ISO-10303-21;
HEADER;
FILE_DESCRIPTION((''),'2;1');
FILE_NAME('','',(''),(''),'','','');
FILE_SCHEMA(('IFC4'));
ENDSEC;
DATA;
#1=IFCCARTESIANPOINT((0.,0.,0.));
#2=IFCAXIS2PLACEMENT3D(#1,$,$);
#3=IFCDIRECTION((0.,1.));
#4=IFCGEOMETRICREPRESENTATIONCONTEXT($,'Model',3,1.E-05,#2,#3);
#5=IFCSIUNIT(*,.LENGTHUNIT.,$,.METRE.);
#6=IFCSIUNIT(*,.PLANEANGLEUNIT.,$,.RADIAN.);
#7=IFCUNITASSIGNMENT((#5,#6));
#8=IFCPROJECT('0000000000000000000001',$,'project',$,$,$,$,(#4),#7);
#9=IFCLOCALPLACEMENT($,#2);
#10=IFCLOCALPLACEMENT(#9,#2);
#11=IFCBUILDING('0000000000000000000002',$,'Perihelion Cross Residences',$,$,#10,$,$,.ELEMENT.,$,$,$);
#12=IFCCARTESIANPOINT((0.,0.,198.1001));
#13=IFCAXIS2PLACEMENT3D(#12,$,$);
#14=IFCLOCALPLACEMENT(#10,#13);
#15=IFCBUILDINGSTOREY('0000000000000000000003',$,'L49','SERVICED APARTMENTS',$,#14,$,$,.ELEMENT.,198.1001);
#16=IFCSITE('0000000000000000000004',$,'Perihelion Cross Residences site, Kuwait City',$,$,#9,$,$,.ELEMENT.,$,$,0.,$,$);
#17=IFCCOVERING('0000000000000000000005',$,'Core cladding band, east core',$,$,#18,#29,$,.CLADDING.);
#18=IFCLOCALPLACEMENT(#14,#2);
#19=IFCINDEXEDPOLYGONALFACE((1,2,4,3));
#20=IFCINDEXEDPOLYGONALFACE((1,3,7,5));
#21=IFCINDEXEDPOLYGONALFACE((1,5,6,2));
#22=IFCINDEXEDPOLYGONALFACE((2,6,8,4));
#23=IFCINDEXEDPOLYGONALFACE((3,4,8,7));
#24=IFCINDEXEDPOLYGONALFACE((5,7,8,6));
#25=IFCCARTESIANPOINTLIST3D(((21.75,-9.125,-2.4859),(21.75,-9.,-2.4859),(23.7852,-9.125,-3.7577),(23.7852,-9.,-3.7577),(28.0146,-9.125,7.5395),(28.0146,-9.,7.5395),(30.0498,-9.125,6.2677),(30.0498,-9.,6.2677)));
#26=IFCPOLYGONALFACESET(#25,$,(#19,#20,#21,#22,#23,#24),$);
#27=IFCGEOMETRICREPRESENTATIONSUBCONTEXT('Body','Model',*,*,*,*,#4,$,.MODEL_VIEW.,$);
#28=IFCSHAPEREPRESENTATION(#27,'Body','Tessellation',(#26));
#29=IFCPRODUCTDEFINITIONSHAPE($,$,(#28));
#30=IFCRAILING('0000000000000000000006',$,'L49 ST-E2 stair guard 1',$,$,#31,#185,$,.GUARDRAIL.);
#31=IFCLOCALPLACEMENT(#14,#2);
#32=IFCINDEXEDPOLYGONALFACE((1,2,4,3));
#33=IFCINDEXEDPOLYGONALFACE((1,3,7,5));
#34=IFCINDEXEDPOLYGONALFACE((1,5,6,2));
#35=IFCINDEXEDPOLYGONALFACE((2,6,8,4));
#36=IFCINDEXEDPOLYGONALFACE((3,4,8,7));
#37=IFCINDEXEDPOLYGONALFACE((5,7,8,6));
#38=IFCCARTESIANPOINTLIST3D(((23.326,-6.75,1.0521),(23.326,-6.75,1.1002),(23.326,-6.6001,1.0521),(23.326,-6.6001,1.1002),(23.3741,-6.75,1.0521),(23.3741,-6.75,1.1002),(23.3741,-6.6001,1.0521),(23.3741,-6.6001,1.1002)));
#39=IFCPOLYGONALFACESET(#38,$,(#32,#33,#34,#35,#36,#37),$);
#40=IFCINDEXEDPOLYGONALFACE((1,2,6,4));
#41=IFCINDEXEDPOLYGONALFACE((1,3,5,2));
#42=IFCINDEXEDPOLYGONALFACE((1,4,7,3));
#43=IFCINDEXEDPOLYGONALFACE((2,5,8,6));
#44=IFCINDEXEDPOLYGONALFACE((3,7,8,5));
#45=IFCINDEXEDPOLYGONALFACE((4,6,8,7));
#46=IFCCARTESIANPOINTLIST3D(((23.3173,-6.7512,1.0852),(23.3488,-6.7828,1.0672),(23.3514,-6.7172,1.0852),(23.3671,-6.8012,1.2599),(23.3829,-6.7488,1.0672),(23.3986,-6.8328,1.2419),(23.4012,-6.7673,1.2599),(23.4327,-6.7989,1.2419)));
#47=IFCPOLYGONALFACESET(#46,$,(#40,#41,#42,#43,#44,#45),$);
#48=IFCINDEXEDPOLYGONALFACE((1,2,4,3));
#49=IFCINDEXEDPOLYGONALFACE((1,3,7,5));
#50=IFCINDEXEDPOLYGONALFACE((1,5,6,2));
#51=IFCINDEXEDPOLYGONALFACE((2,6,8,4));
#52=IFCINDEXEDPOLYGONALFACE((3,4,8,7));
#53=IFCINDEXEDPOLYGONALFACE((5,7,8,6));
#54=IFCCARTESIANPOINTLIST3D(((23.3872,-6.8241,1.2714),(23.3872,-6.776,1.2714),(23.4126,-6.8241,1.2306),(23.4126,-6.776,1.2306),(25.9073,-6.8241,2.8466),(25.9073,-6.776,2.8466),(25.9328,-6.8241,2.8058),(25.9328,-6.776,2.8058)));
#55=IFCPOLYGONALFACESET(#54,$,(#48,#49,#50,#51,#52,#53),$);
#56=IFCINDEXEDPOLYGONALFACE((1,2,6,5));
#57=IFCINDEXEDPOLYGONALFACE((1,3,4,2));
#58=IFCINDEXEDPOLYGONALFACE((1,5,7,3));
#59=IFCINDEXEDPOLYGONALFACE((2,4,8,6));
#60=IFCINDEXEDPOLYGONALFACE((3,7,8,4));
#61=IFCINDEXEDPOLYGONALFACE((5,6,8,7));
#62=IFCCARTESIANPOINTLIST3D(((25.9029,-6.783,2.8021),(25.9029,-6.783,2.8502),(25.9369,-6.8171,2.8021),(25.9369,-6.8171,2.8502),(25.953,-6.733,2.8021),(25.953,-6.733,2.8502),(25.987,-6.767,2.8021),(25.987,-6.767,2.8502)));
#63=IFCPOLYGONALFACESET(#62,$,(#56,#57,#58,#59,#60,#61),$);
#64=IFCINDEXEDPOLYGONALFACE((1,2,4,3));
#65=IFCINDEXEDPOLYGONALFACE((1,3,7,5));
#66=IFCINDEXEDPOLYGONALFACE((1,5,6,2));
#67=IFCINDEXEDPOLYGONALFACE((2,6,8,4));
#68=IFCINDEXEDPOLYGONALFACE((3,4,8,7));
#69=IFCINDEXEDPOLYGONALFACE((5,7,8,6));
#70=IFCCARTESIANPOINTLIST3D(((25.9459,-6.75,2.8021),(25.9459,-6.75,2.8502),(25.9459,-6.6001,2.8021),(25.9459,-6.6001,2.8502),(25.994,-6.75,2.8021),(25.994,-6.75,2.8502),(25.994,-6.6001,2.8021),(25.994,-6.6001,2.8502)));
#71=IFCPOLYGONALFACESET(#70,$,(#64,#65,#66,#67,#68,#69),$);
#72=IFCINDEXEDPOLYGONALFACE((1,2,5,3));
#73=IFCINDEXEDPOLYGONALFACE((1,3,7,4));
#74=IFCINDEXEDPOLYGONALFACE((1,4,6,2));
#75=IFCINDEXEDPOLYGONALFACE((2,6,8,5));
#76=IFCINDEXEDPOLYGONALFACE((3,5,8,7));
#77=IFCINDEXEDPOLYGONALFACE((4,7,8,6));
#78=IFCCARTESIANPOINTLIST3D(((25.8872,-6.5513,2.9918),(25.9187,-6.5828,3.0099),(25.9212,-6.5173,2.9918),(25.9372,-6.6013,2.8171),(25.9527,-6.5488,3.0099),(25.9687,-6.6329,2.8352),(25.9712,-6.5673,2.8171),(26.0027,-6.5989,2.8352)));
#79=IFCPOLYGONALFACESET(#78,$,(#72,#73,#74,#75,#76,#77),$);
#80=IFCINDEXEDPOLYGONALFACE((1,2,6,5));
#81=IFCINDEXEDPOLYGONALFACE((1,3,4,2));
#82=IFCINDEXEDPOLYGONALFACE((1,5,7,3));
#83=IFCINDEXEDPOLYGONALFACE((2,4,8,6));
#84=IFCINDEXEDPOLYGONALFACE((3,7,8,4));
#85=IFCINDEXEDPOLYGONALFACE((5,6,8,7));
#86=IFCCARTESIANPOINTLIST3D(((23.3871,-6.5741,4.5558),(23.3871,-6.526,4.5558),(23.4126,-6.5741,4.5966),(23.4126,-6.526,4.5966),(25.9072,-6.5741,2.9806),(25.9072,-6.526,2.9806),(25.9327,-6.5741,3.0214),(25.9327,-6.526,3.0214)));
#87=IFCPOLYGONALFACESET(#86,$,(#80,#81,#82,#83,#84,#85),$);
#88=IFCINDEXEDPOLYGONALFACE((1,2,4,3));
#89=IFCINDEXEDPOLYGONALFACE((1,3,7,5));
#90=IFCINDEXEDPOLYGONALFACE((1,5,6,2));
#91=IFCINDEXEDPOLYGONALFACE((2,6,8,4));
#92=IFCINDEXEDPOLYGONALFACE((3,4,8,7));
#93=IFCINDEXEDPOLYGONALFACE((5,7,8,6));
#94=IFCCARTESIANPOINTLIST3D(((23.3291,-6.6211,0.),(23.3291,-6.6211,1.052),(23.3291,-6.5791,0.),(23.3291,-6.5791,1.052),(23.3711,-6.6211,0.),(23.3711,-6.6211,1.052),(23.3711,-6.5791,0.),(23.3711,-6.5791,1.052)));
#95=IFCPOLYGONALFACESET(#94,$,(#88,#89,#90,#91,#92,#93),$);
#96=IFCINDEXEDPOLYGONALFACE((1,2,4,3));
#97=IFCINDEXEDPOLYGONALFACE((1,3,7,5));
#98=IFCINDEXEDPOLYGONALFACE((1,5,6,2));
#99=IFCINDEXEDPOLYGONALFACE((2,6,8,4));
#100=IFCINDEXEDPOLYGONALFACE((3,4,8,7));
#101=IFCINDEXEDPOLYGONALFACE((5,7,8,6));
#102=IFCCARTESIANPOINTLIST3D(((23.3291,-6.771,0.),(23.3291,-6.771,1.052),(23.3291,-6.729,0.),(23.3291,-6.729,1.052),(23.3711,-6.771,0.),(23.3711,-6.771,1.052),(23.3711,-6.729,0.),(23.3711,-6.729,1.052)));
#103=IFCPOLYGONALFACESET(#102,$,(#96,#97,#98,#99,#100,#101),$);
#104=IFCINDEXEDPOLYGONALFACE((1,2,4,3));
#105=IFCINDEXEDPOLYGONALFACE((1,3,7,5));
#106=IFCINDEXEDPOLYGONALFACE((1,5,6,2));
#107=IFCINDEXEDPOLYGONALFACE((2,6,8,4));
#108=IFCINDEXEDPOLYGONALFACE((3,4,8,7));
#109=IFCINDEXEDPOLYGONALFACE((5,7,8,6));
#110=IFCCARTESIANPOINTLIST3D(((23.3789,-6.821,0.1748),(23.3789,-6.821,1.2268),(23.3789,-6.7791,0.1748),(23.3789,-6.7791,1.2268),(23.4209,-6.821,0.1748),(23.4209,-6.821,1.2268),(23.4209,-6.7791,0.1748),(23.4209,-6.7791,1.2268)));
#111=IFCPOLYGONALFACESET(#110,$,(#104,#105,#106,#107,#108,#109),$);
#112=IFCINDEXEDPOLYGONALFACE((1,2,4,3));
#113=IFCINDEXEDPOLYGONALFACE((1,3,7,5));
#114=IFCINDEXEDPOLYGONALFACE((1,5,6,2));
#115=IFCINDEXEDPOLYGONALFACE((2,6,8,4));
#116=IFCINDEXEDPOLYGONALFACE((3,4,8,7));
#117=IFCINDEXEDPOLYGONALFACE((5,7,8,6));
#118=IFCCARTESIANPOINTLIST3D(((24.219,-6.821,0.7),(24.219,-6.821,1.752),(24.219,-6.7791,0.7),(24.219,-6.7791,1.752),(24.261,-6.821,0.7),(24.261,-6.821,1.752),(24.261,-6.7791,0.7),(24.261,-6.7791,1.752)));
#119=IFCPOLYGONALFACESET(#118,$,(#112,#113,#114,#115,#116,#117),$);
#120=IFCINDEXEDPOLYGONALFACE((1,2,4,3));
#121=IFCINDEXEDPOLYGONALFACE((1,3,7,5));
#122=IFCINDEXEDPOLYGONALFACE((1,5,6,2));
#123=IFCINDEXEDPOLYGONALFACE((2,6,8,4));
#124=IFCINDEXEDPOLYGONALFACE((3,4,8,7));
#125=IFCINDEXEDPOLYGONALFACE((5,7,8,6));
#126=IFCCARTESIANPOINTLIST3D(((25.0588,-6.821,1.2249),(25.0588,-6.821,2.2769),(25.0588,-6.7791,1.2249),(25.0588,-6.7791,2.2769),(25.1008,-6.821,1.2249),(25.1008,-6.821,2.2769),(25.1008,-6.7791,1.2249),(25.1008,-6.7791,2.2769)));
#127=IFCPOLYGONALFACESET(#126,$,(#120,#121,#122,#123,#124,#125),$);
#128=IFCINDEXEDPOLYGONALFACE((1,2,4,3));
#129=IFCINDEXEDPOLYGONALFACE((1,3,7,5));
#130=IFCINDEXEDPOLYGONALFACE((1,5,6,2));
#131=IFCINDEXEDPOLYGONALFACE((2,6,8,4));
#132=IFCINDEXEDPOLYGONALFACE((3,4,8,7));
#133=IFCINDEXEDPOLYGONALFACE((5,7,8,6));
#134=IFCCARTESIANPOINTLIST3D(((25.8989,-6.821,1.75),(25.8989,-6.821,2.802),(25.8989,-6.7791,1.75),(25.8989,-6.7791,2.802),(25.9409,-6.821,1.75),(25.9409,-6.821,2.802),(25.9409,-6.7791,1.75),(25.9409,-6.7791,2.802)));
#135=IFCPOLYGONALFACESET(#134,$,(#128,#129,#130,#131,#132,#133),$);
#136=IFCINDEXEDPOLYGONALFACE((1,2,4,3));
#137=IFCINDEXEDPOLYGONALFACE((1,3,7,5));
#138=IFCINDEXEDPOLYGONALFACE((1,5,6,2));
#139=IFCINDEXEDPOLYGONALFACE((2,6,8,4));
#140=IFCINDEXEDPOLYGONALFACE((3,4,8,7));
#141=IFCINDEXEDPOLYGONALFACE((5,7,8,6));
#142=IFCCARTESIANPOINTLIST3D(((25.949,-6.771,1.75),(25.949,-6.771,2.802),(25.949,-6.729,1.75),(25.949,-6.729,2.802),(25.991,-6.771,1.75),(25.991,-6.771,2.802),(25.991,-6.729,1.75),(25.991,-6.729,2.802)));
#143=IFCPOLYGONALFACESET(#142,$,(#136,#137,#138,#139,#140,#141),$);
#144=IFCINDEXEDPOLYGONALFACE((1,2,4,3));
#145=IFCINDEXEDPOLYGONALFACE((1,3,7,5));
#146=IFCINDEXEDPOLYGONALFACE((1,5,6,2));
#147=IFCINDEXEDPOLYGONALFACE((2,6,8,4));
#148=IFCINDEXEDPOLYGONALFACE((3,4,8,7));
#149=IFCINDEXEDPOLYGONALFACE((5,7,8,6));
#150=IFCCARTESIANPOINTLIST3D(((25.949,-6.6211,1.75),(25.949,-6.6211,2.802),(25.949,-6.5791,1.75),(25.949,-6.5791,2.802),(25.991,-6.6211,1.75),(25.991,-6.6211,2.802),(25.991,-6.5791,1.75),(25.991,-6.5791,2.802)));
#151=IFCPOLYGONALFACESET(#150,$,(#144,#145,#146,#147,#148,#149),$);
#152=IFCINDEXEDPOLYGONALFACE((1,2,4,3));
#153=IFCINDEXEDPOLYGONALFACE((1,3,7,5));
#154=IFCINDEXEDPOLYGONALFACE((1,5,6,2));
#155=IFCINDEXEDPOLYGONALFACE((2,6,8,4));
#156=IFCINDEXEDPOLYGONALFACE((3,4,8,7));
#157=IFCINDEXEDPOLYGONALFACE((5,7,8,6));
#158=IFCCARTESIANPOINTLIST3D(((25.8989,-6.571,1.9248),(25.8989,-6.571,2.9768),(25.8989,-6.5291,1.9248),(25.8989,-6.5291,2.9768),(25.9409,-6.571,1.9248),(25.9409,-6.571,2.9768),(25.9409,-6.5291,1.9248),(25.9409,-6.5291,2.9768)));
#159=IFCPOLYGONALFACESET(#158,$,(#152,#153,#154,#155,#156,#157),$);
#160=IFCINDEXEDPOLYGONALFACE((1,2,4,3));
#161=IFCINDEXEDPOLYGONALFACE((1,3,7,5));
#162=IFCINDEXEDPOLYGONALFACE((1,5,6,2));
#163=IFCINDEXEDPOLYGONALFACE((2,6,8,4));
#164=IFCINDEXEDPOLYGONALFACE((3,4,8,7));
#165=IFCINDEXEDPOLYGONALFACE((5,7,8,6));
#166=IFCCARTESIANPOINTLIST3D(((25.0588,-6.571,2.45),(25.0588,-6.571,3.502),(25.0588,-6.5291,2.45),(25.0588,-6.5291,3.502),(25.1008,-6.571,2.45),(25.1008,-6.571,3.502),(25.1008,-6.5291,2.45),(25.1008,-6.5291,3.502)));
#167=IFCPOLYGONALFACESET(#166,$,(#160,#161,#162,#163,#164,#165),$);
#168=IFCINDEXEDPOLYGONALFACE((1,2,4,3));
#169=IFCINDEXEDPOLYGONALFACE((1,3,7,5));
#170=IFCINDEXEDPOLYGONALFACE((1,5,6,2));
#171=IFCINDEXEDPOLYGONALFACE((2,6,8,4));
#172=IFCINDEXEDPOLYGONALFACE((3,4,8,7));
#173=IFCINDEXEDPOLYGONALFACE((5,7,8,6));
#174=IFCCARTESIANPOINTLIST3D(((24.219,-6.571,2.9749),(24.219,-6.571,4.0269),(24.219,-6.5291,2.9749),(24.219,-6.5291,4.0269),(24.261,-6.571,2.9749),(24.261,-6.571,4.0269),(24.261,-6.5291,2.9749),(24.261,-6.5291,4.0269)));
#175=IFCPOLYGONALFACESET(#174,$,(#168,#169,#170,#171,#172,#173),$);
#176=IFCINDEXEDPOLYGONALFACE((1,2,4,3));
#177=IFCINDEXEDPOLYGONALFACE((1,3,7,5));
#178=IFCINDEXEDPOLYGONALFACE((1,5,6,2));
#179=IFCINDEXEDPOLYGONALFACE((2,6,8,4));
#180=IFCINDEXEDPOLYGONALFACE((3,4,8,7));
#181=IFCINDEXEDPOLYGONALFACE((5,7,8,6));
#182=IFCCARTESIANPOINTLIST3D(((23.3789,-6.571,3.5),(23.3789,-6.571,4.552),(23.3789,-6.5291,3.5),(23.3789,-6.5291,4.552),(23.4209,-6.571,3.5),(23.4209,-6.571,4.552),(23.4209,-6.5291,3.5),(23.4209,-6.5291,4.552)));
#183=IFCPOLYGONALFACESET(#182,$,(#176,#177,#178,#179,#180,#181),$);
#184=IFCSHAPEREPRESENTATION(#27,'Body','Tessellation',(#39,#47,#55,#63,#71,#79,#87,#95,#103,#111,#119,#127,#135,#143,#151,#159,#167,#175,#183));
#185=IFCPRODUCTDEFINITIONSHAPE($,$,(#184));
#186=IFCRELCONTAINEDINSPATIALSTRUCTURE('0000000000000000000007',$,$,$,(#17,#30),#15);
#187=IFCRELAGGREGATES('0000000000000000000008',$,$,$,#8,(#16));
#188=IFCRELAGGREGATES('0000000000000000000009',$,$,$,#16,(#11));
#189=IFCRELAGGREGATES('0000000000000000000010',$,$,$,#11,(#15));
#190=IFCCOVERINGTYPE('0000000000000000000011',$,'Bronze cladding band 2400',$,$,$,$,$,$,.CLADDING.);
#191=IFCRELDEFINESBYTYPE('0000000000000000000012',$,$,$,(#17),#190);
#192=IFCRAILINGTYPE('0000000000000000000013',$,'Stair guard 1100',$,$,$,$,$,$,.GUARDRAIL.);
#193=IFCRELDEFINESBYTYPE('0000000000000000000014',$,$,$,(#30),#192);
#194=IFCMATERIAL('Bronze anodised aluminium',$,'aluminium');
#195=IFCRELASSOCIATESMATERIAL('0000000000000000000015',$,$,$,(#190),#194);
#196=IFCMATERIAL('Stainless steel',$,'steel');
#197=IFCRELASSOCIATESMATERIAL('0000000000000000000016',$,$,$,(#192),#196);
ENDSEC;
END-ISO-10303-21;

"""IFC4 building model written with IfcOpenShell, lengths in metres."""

from ifc_helpers import new_model, si_unit, direction, frame, origin, origin_2d, place, context, subcontext, project, spatial, rectangle, extrude, material, material_profile, profile_set, type_object, element, save


model = new_model("IFC4")

# Units and contexts
model_context = context("Model", 3, precision=1e-05, world=origin(), true_north=direction((0.0, 1.0)))
body_context = subcontext(model_context, "Body", "Model", "MODEL_VIEW")
ifc_project = project(units=[si_unit("LENGTHUNIT", "METRE"), si_unit("PLANEANGLEUNIT", "RADIAN")], contexts=[model_context])

# Site, building, storey
site_placement = place(None, origin())
site = spatial("IfcSite", under=ifc_project, at=site_placement, Name="Perihelion Cross Residences site, Kuwait City", CompositionType="ELEMENT", RefElevation=0.0)
building_placement = place(site_placement, origin())
building = spatial("IfcBuilding", under=site, at=building_placement, Name="Perihelion Cross Residences", CompositionType="ELEMENT")
storey_placement = place(building_placement, frame((0.0, 0.0, 198.1001)))
storey = spatial("IfcBuildingStorey", under=building, at=storey_placement, Name="L49", Description="SERVICED APARTMENTS", CompositionType="ELEMENT", Elevation=198.1001)

# Covering
ifc_material_1 = material(Name="Bronze anodised aluminium", Category="aluminium")
ifc_material_profile = material_profile(ifc_material_1, rectangle(XDim=0.125, YDim=2.3999, at=origin_2d()), Name="Bronze cladding band 2400")
ifc_profile_set = profile_set([ifc_material_profile], Name="Bronze anodised aluminium")
covering_type = type_object("IfcCoveringType", Name="Bronze cladding band 2400", PredefinedType="CLADDING", material=ifc_profile_set)
covering_placement = place(storey_placement, frame((22.7676, -9.0625, -3.1218), z_axis=(0.529925, 0.0, 0.848045), x_axis=(0.0, 1.0, 0.0)))
element("IfcCovering", 1, at=covering_placement, inside=storey, type_object=covering_type, Name="Core cladding band, east core", PredefinedType="CLADDING", context=body_context, shape_type="SweptSolid", body=[
    extrude(rectangle(XDim=0.125, YDim=2.3999, at=origin_2d()), origin(), (0.0, 0.0, 1.0), 11.8218),
])

# Railing
ifc_material_2 = material(Name="Stainless steel", Category="steel")
railing_type_1 = type_object("IfcRailingType", Name="Stair guard 1100", PredefinedType="GUARDRAIL", material=ifc_material_2)
railing_1_placement = place(storey_placement, frame((23.3501, -6.6001, 0.0)))
element("IfcRailing", 2, at=railing_1_placement, inside=storey, type_object=railing_type_1, Name="L49 ST-E2 stair guard 1", PredefinedType="GUARDRAIL", context=body_context, shape_type="SweptSolid", body=[
    extrude(rectangle(XDim=0.0481, YDim=0.0481, at=origin_2d()), frame((0.0, 0.0, 1.0762), z_axis=(0.0, -1.0, 0.0), x_axis=(1.0, 0.0, 0.0)), (0.0, 0.0, 1.0), 0.1499),
    extrude(rectangle(XDim=0.0481, YDim=0.0481, at=origin_2d()), frame((0.0, -0.1499, 1.0762), z_axis=(0.264179, -0.265474, 0.927218), x_axis=(0.708834, 0.705376, 0.0)), (0.0, 0.0, 1.0), 0.1885),
    extrude(rectangle(XDim=0.0481, YDim=0.0481, at=origin_2d()), frame((0.0498, -0.2, 1.251), z_axis=(0.847971, 0.0, 0.530043), x_axis=(0.0, 1.0, 0.0)), (0.0, 0.0, 1.0), 2.9719),
    extrude(rectangle(XDim=0.0481, YDim=0.0481, at=origin_2d()), frame((2.5698, -0.2, 2.8262), z_axis=(0.707107, 0.707107, 0.0), x_axis=(-0.707107, 0.707107, 0.0)), (0.0, 0.0, 1.0), 0.0708),
    extrude(rectangle(XDim=0.0481, YDim=0.0481, at=origin_2d()), frame((2.6199, -0.1499, 2.8262), z_axis=(0.0, 1.0, 0.0), x_axis=(-1.0, 0.0, 0.0)), (0.0, 0.0, 1.0), 0.1499),
    extrude(rectangle(XDim=0.0481, YDim=0.0481, at=origin_2d()), frame((2.6199, 0.0, 2.8262), z_axis=(-0.265383, 0.265383, 0.9269), x_axis=(-0.707107, -0.707107, 0.0)), (0.0, 0.0, 1.0), 0.1885),
    extrude(rectangle(XDim=0.0481, YDim=0.0481, at=origin_2d()), frame((2.5698, 0.05, 3.001), z_axis=(-0.847971, 0.0, 0.530043), x_axis=(0.0, -1.0, 0.0)), (0.0, 0.0, 1.0), 2.9719),
    extrude(rectangle(XDim=0.042, YDim=0.042, at=origin_2d()), origin(), (0.0, 0.0, 1.0), 1.052),
    extrude(rectangle(XDim=0.042, YDim=0.042, at=origin_2d()), frame((0.0, -0.1499, 0.0)), (0.0, 0.0, 1.0), 1.052),
    extrude(rectangle(XDim=0.042, YDim=0.042, at=origin_2d()), frame((0.0498, -0.2, 0.1748)), (0.0, 0.0, 1.0), 1.052),
    extrude(rectangle(XDim=0.042, YDim=0.042, at=origin_2d()), frame((0.8899, -0.2, 0.7)), (0.0, 0.0, 1.0), 1.052),
    extrude(rectangle(XDim=0.042, YDim=0.042, at=origin_2d()), frame((1.7297, -0.2, 1.2249)), (0.0, 0.0, 1.0), 1.052),
    extrude(rectangle(XDim=0.042, YDim=0.042, at=origin_2d()), frame((2.5698, -0.2, 1.75)), (0.0, 0.0, 1.0), 1.052),
    extrude(rectangle(XDim=0.042, YDim=0.042, at=origin_2d()), frame((2.6199, -0.1499, 1.75)), (0.0, 0.0, 1.0), 1.052),
    extrude(rectangle(XDim=0.042, YDim=0.042, at=origin_2d()), frame((2.6199, 0.0, 1.75)), (0.0, 0.0, 1.0), 1.052),
    extrude(rectangle(XDim=0.042, YDim=0.042, at=origin_2d()), frame((2.5698, 0.05, 1.9248)), (0.0, 0.0, 1.0), 1.052),
    extrude(rectangle(XDim=0.042, YDim=0.042, at=origin_2d()), frame((1.7297, 0.05, 2.45)), (0.0, 0.0, 1.0), 1.052),
    extrude(rectangle(XDim=0.042, YDim=0.042, at=origin_2d()), frame((0.8899, 0.05, 2.9749)), (0.0, 0.0, 1.0), 1.052),
    extrude(rectangle(XDim=0.042, YDim=0.042, at=origin_2d()), frame((0.0498, 0.05, 3.5)), (0.0, 0.0, 1.0), 1.052),
])

save(model, "model.ifc")
